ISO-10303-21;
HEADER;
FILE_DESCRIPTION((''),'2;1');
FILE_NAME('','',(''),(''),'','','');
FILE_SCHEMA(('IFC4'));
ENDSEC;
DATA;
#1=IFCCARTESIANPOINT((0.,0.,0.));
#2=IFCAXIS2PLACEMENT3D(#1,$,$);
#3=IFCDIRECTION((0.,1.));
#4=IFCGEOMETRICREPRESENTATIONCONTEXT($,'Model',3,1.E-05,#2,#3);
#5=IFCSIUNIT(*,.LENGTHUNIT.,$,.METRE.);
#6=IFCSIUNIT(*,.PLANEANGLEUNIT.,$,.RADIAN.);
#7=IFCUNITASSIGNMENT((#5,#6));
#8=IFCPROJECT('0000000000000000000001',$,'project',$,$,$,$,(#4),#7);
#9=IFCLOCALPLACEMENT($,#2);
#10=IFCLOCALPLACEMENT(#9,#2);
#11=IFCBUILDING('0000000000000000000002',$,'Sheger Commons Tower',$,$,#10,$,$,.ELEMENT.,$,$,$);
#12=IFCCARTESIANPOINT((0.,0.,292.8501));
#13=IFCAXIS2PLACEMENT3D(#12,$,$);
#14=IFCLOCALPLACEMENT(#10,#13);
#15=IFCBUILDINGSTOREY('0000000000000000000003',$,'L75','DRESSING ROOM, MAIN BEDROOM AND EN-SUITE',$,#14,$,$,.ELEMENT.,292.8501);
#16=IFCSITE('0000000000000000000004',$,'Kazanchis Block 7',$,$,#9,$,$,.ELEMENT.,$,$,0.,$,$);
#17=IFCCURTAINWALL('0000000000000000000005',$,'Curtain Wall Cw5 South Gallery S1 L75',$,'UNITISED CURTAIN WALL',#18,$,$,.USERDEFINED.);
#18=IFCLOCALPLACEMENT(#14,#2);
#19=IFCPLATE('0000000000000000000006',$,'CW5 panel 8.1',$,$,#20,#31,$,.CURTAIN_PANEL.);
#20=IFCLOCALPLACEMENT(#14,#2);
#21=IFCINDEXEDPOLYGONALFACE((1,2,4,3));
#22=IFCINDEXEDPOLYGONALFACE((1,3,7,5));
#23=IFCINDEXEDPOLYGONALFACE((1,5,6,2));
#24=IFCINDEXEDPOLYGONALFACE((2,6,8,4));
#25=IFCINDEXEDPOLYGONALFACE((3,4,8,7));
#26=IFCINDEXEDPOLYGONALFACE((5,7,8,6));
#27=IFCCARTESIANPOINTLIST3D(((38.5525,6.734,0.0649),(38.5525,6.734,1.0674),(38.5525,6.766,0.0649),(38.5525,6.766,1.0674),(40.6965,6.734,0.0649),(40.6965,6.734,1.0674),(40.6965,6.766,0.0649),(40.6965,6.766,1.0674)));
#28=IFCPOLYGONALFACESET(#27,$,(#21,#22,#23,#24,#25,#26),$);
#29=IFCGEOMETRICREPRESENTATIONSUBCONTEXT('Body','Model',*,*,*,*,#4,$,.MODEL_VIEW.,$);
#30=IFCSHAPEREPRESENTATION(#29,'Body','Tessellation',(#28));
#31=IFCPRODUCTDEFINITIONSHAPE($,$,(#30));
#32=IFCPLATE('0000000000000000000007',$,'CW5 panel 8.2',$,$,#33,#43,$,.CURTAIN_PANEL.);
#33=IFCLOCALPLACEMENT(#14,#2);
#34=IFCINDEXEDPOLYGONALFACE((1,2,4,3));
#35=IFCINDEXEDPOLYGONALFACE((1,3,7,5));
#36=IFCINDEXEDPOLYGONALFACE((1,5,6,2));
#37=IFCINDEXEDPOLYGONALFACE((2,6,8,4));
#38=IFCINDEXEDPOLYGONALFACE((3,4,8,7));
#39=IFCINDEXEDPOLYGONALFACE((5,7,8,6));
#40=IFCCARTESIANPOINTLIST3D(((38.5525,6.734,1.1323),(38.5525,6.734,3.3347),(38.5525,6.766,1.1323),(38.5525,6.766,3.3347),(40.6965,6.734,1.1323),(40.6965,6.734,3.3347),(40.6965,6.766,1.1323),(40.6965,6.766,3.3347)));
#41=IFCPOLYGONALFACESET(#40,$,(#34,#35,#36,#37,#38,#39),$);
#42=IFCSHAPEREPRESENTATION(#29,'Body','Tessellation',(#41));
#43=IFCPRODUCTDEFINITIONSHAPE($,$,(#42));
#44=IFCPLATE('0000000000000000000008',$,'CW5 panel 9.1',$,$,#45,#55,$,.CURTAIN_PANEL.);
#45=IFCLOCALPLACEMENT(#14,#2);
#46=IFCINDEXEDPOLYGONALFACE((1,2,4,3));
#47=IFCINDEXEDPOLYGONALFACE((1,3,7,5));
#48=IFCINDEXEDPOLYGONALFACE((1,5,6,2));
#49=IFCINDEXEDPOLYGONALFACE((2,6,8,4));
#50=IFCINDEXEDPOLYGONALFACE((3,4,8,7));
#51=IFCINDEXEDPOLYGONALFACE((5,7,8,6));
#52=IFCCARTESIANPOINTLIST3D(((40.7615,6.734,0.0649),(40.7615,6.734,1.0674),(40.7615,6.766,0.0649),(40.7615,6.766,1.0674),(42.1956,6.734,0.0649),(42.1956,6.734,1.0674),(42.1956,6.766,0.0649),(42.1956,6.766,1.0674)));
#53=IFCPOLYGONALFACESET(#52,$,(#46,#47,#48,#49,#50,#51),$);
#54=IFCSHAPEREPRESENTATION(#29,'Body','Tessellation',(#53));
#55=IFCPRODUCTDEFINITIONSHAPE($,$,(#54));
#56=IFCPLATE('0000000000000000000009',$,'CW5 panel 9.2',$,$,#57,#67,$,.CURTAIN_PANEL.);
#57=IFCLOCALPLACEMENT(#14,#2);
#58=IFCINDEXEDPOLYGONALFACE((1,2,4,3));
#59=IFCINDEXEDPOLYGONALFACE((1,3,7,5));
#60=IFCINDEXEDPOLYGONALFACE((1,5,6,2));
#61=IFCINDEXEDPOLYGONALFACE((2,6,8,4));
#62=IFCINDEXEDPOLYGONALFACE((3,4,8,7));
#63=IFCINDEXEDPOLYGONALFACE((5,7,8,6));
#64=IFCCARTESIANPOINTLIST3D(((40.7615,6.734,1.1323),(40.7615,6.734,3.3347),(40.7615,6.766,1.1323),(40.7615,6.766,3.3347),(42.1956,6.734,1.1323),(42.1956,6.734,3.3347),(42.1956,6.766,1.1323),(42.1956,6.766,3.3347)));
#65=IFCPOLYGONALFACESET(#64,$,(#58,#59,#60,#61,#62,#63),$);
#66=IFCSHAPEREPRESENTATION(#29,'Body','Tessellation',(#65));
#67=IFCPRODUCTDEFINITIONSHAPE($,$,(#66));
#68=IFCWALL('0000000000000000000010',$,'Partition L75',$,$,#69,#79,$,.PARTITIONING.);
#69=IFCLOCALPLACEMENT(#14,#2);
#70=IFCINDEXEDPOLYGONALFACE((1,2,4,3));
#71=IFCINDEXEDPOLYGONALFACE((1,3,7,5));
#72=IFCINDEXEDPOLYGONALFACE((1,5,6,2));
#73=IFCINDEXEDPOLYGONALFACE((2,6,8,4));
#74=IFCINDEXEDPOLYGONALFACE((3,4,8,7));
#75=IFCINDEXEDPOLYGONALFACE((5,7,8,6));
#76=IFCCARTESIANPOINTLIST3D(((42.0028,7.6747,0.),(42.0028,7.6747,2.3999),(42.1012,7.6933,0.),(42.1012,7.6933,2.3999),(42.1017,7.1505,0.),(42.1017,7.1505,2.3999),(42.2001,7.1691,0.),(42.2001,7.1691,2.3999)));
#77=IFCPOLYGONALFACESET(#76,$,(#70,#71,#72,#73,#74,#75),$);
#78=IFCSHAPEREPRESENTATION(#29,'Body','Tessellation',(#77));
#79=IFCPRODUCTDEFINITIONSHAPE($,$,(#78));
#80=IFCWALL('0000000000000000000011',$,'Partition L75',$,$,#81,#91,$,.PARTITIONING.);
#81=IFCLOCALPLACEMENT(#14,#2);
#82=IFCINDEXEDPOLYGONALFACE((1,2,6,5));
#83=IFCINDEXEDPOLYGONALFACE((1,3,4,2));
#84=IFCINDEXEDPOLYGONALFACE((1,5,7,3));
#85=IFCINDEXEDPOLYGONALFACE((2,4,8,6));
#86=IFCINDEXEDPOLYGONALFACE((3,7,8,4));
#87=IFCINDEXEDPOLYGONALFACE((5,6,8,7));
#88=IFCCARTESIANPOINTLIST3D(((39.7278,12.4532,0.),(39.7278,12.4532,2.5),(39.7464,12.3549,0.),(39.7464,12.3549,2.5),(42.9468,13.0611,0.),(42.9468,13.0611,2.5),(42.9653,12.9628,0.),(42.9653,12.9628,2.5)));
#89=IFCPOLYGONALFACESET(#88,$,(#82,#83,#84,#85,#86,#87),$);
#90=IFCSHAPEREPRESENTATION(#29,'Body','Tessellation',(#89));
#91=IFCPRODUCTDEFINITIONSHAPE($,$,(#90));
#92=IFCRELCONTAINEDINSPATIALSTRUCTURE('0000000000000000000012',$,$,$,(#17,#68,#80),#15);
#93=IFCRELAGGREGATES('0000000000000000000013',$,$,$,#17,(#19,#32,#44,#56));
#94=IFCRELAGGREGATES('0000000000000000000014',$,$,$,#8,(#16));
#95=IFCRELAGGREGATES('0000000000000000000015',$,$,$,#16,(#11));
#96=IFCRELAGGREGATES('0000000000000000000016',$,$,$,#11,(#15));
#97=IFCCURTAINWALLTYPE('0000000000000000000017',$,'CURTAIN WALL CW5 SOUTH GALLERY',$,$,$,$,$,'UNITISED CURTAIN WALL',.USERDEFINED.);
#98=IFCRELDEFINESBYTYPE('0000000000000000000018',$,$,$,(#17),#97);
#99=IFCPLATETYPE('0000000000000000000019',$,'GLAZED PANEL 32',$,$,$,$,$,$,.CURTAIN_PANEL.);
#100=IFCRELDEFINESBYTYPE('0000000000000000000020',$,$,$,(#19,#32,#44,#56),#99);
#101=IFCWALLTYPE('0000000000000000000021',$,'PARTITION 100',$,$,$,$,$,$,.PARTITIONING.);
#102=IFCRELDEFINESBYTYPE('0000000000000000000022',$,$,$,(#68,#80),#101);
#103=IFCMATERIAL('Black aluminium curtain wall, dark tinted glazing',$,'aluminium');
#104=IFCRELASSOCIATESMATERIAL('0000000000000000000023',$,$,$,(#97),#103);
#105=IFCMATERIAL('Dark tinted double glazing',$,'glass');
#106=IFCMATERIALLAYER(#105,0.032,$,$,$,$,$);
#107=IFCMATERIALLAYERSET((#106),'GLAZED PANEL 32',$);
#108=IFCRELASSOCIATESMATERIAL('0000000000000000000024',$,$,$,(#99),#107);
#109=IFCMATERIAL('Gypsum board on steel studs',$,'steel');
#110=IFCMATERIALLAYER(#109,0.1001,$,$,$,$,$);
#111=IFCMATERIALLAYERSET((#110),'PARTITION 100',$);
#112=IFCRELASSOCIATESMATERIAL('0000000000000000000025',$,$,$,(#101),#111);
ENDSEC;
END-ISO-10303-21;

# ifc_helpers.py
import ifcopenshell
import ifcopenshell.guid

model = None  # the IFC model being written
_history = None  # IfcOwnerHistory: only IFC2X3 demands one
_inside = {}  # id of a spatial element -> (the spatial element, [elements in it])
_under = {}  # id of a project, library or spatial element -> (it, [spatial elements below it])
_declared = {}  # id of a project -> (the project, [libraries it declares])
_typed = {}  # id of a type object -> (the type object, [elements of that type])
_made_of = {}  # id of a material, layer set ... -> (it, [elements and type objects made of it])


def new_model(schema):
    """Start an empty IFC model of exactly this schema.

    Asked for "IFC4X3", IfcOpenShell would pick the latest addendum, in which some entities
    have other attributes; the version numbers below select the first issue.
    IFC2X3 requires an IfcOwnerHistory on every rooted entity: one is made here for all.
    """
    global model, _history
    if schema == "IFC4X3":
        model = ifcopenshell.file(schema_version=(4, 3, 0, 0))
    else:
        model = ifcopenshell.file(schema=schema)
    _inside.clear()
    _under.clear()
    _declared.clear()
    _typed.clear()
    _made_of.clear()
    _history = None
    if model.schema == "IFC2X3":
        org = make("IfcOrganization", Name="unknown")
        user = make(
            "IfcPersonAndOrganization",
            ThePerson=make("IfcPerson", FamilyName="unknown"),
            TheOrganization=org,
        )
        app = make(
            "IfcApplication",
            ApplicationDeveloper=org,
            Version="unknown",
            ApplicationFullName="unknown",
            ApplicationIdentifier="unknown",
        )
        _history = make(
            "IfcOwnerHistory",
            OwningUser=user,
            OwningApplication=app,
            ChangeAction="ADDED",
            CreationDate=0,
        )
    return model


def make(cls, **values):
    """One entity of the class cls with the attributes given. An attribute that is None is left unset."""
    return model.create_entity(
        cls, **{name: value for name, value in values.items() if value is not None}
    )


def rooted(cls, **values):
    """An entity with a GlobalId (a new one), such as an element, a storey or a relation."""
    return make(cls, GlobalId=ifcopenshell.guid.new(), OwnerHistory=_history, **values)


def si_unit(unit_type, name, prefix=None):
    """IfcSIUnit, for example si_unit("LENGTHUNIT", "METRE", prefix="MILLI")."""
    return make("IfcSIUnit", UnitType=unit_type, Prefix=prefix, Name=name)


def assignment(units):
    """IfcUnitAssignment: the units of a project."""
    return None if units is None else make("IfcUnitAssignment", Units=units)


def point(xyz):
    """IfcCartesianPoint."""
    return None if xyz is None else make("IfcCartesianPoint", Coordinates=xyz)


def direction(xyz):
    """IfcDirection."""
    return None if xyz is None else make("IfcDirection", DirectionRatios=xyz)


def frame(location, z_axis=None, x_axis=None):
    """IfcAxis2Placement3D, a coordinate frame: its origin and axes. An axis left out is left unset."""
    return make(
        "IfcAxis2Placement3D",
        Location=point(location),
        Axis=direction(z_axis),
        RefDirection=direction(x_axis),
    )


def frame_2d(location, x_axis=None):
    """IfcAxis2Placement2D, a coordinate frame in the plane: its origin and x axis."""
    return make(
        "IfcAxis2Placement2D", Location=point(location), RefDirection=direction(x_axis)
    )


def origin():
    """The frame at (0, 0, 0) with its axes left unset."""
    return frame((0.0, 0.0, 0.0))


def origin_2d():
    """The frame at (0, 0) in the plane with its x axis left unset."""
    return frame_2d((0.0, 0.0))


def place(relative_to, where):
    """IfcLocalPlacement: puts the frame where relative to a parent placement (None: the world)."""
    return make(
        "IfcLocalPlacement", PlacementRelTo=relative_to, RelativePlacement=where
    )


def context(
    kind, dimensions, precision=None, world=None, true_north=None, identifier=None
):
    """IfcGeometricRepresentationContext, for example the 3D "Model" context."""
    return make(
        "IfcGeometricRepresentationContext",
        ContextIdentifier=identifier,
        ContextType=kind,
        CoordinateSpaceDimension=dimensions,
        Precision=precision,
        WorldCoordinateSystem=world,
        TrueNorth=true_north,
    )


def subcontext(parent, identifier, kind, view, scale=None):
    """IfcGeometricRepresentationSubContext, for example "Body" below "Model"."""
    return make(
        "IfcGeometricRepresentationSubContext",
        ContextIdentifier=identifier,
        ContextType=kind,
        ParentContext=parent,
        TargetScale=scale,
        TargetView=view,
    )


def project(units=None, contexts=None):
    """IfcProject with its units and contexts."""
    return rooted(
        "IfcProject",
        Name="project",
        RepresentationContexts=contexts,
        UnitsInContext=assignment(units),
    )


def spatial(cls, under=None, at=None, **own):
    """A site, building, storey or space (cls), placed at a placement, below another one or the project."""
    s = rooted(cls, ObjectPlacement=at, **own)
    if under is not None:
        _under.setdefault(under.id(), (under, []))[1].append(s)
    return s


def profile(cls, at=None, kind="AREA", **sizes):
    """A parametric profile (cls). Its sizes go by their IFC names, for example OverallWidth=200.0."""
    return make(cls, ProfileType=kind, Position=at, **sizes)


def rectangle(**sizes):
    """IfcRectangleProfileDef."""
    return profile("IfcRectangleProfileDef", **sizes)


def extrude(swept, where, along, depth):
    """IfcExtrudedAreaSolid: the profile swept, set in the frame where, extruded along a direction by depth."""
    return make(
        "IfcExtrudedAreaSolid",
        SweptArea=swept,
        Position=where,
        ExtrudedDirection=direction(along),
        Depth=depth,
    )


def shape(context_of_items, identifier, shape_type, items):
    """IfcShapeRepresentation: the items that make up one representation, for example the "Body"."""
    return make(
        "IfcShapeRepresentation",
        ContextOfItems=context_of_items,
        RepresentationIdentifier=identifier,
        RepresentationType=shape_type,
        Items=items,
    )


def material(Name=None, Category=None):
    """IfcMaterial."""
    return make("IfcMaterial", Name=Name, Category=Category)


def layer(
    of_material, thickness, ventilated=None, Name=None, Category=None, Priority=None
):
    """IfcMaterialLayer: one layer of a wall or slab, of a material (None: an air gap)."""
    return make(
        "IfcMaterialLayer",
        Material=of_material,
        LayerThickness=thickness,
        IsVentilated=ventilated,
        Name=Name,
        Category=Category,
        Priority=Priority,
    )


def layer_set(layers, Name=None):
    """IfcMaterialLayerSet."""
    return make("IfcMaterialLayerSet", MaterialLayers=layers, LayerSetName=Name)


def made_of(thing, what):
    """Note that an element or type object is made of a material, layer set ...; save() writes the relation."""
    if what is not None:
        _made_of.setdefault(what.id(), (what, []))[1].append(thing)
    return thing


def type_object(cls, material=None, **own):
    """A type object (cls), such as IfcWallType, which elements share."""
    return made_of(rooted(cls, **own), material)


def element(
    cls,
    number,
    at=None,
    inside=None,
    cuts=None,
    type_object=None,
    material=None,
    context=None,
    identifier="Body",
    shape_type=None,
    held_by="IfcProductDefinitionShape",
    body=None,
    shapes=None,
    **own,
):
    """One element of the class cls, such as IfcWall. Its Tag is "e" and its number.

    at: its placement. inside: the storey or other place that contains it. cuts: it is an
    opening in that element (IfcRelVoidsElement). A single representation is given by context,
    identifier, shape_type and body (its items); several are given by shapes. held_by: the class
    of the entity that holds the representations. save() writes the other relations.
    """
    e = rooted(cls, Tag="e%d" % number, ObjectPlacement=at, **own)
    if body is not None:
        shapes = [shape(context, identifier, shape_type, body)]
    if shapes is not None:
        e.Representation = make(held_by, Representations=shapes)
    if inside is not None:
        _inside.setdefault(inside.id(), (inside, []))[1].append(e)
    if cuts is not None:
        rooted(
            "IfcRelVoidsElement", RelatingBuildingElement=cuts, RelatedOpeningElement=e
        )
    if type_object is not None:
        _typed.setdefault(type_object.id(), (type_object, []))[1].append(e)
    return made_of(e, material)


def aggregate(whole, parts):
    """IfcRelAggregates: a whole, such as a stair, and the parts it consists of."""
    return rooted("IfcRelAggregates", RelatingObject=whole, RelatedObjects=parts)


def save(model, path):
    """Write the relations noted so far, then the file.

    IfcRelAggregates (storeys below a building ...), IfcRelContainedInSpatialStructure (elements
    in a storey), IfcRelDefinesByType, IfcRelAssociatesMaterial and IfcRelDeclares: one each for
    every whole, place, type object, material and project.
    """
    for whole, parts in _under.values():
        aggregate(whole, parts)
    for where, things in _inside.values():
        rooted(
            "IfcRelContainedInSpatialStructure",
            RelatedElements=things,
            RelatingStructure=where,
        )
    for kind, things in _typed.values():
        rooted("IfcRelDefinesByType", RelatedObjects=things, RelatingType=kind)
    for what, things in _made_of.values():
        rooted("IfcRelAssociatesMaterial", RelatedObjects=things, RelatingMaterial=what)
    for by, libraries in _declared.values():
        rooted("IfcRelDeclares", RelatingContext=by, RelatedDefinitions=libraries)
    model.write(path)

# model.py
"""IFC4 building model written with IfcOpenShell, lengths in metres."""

from ifc_helpers import new_model, si_unit, direction, frame, frame_2d, origin, origin_2d, place, context, subcontext, project, spatial, rectangle, extrude, material, layer, layer_set, type_object, element, aggregate, save


model = new_model("IFC4")

# Units and contexts
model_context = context("Model", 3, precision=1e-05, world=origin(), true_north=direction((0.0, 1.0)))
body_context = subcontext(model_context, "Body", "Model", "MODEL_VIEW")
ifc_project = project(units=[si_unit("LENGTHUNIT", "METRE"), si_unit("PLANEANGLEUNIT", "RADIAN")], contexts=[model_context])

# Site, building, storey
site_placement = place(None, origin())
site = spatial("IfcSite", under=ifc_project, at=site_placement, Name="Kazanchis Block 7", CompositionType="ELEMENT", RefElevation=0.0)
building_placement = place(site_placement, origin())
building = spatial("IfcBuilding", under=site, at=building_placement, Name="Sheger Commons Tower", CompositionType="ELEMENT")
storey_placement = place(building_placement, frame((0.0, 0.0, 292.8501)))
storey = spatial("IfcBuildingStorey", under=building, at=storey_placement, Name="L75", Description="DRESSING ROOM, MAIN BEDROOM AND EN-SUITE", CompositionType="ELEMENT", Elevation=292.8501)

# Curtain wall, plates
ifc_material_1 = material(Name="Black aluminium curtain wall, dark tinted glazing", Category="aluminium")
curtain_wall_type = type_object("IfcCurtainWallType", Name="CURTAIN WALL CW5 SOUTH GALLERY", ElementType="UNITISED CURTAIN WALL", PredefinedType="USERDEFINED", material=ifc_material_1)
curtain_wall_placement = place(storey_placement, origin())
curtain_wall = element("IfcCurtainWall", 1, at=curtain_wall_placement, inside=storey, type_object=curtain_wall_type, Name="Curtain Wall Cw5 South Gallery S1 L75", ObjectType="UNITISED CURTAIN WALL", PredefinedType="USERDEFINED")
ifc_material_2 = material(Name="Dark tinted double glazing", Category="glass")
ifc_layer_1 = layer(ifc_material_2, 0.032)
ifc_layer_set_1 = layer_set([ifc_layer_1], Name="GLAZED PANEL 32")
plate_type = type_object("IfcPlateType", Name="GLAZED PANEL 32", PredefinedType="CURTAIN_PANEL", material=ifc_layer_set_1)
plate_1_placement = place(storey_placement, frame((39.6245, 6.75, 0.0649), z_axis=(0.0, 0.0, 1.0), x_axis=(1.0, 0.0, 0.0)))
plate_1 = element("IfcPlate", 2, at=plate_1_placement, type_object=plate_type, Name="CW5 panel 8.1", PredefinedType="CURTAIN_PANEL", context=body_context, shape_type="SweptSolid", body=[
    extrude(rectangle(XDim=2.144, YDim=0.032, at=origin_2d()), origin(), (0.0, 0.0, 1.0), 1.0024),
])
plate_2_placement = place(storey_placement, frame((39.6245, 6.75, 1.1323), z_axis=(0.0, 0.0, 1.0), x_axis=(1.0, 0.0, 0.0)))
plate_2 = element("IfcPlate", 3, at=plate_2_placement, type_object=plate_type, Name="CW5 panel 8.2", PredefinedType="CURTAIN_PANEL", context=body_context, shape_type="SweptSolid", body=[
    extrude(rectangle(XDim=2.144, YDim=0.032, at=origin_2d()), origin(), (0.0, 0.0, 1.0), 2.2024),
])
plate_3_placement = place(storey_placement, frame((41.4785, 6.75, 0.0649), z_axis=(0.0, 0.0, 1.0), x_axis=(1.0, 0.0, 0.0)))
plate_3 = element("IfcPlate", 4, at=plate_3_placement, type_object=plate_type, Name="CW5 panel 9.1", PredefinedType="CURTAIN_PANEL", context=body_context, shape_type="SweptSolid", body=[
    extrude(rectangle(XDim=1.4341, YDim=0.032, at=origin_2d()), origin(), (0.0, 0.0, 1.0), 1.0024),
])
plate_4_placement = place(storey_placement, frame((41.4785, 6.75, 1.1323), z_axis=(0.0, 0.0, 1.0), x_axis=(1.0, 0.0, 0.0)))
plate_4 = element("IfcPlate", 5, at=plate_4_placement, type_object=plate_type, Name="CW5 panel 9.2", PredefinedType="CURTAIN_PANEL", context=body_context, shape_type="SweptSolid", body=[
    extrude(rectangle(XDim=1.4341, YDim=0.032, at=origin_2d()), origin(), (0.0, 0.0, 1.0), 2.2024),
])
aggregate(curtain_wall, [plate_1, plate_2, plate_3, plate_4])

# Walls
ifc_material_3 = material(Name="Gypsum board on steel studs", Category="steel")
ifc_layer_2 = layer(ifc_material_3, 0.1001)
ifc_layer_set_2 = layer_set([ifc_layer_2], Name="PARTITION 100")
wall_type = type_object("IfcWallType", Name="PARTITION 100", PredefinedType="PARTITIONING", material=ifc_layer_set_2)
wall_1_placement = place(storey_placement, frame((42.1509, 7.1599, 0.0), z_axis=(0.0, 0.0, 1.0), x_axis=(-0.185366, 0.98267, 0.0)))
element("IfcWall", 6, at=wall_1_placement, inside=storey, type_object=wall_type, Name="Partition L75", PredefinedType="PARTITIONING", context=body_context, shape_type="SweptSolid", body=[
    extrude(rectangle(XDim=0.5334, YDim=0.1001, at=frame_2d((0.2666, 0.0))), origin(), (0.0, 0.0, 1.0), 2.3999),
])
wall_2_placement = place(storey_placement, frame((42.9561, 13.012, 0.0), z_axis=(0.0, 0.0, 1.0), x_axis=(-0.982631, -0.185571, 0.0)))
element("IfcWall", 7, at=wall_2_placement, inside=storey, type_object=wall_type, Name="Partition L75", PredefinedType="PARTITIONING", context=body_context, shape_type="SweptSolid", body=[
    extrude(rectangle(XDim=3.2759, YDim=0.1001, at=frame_2d((1.6379, 0.0))), origin(), (0.0, 0.0, 1.0), 2.5),
])

save(model, "model.ifc")
